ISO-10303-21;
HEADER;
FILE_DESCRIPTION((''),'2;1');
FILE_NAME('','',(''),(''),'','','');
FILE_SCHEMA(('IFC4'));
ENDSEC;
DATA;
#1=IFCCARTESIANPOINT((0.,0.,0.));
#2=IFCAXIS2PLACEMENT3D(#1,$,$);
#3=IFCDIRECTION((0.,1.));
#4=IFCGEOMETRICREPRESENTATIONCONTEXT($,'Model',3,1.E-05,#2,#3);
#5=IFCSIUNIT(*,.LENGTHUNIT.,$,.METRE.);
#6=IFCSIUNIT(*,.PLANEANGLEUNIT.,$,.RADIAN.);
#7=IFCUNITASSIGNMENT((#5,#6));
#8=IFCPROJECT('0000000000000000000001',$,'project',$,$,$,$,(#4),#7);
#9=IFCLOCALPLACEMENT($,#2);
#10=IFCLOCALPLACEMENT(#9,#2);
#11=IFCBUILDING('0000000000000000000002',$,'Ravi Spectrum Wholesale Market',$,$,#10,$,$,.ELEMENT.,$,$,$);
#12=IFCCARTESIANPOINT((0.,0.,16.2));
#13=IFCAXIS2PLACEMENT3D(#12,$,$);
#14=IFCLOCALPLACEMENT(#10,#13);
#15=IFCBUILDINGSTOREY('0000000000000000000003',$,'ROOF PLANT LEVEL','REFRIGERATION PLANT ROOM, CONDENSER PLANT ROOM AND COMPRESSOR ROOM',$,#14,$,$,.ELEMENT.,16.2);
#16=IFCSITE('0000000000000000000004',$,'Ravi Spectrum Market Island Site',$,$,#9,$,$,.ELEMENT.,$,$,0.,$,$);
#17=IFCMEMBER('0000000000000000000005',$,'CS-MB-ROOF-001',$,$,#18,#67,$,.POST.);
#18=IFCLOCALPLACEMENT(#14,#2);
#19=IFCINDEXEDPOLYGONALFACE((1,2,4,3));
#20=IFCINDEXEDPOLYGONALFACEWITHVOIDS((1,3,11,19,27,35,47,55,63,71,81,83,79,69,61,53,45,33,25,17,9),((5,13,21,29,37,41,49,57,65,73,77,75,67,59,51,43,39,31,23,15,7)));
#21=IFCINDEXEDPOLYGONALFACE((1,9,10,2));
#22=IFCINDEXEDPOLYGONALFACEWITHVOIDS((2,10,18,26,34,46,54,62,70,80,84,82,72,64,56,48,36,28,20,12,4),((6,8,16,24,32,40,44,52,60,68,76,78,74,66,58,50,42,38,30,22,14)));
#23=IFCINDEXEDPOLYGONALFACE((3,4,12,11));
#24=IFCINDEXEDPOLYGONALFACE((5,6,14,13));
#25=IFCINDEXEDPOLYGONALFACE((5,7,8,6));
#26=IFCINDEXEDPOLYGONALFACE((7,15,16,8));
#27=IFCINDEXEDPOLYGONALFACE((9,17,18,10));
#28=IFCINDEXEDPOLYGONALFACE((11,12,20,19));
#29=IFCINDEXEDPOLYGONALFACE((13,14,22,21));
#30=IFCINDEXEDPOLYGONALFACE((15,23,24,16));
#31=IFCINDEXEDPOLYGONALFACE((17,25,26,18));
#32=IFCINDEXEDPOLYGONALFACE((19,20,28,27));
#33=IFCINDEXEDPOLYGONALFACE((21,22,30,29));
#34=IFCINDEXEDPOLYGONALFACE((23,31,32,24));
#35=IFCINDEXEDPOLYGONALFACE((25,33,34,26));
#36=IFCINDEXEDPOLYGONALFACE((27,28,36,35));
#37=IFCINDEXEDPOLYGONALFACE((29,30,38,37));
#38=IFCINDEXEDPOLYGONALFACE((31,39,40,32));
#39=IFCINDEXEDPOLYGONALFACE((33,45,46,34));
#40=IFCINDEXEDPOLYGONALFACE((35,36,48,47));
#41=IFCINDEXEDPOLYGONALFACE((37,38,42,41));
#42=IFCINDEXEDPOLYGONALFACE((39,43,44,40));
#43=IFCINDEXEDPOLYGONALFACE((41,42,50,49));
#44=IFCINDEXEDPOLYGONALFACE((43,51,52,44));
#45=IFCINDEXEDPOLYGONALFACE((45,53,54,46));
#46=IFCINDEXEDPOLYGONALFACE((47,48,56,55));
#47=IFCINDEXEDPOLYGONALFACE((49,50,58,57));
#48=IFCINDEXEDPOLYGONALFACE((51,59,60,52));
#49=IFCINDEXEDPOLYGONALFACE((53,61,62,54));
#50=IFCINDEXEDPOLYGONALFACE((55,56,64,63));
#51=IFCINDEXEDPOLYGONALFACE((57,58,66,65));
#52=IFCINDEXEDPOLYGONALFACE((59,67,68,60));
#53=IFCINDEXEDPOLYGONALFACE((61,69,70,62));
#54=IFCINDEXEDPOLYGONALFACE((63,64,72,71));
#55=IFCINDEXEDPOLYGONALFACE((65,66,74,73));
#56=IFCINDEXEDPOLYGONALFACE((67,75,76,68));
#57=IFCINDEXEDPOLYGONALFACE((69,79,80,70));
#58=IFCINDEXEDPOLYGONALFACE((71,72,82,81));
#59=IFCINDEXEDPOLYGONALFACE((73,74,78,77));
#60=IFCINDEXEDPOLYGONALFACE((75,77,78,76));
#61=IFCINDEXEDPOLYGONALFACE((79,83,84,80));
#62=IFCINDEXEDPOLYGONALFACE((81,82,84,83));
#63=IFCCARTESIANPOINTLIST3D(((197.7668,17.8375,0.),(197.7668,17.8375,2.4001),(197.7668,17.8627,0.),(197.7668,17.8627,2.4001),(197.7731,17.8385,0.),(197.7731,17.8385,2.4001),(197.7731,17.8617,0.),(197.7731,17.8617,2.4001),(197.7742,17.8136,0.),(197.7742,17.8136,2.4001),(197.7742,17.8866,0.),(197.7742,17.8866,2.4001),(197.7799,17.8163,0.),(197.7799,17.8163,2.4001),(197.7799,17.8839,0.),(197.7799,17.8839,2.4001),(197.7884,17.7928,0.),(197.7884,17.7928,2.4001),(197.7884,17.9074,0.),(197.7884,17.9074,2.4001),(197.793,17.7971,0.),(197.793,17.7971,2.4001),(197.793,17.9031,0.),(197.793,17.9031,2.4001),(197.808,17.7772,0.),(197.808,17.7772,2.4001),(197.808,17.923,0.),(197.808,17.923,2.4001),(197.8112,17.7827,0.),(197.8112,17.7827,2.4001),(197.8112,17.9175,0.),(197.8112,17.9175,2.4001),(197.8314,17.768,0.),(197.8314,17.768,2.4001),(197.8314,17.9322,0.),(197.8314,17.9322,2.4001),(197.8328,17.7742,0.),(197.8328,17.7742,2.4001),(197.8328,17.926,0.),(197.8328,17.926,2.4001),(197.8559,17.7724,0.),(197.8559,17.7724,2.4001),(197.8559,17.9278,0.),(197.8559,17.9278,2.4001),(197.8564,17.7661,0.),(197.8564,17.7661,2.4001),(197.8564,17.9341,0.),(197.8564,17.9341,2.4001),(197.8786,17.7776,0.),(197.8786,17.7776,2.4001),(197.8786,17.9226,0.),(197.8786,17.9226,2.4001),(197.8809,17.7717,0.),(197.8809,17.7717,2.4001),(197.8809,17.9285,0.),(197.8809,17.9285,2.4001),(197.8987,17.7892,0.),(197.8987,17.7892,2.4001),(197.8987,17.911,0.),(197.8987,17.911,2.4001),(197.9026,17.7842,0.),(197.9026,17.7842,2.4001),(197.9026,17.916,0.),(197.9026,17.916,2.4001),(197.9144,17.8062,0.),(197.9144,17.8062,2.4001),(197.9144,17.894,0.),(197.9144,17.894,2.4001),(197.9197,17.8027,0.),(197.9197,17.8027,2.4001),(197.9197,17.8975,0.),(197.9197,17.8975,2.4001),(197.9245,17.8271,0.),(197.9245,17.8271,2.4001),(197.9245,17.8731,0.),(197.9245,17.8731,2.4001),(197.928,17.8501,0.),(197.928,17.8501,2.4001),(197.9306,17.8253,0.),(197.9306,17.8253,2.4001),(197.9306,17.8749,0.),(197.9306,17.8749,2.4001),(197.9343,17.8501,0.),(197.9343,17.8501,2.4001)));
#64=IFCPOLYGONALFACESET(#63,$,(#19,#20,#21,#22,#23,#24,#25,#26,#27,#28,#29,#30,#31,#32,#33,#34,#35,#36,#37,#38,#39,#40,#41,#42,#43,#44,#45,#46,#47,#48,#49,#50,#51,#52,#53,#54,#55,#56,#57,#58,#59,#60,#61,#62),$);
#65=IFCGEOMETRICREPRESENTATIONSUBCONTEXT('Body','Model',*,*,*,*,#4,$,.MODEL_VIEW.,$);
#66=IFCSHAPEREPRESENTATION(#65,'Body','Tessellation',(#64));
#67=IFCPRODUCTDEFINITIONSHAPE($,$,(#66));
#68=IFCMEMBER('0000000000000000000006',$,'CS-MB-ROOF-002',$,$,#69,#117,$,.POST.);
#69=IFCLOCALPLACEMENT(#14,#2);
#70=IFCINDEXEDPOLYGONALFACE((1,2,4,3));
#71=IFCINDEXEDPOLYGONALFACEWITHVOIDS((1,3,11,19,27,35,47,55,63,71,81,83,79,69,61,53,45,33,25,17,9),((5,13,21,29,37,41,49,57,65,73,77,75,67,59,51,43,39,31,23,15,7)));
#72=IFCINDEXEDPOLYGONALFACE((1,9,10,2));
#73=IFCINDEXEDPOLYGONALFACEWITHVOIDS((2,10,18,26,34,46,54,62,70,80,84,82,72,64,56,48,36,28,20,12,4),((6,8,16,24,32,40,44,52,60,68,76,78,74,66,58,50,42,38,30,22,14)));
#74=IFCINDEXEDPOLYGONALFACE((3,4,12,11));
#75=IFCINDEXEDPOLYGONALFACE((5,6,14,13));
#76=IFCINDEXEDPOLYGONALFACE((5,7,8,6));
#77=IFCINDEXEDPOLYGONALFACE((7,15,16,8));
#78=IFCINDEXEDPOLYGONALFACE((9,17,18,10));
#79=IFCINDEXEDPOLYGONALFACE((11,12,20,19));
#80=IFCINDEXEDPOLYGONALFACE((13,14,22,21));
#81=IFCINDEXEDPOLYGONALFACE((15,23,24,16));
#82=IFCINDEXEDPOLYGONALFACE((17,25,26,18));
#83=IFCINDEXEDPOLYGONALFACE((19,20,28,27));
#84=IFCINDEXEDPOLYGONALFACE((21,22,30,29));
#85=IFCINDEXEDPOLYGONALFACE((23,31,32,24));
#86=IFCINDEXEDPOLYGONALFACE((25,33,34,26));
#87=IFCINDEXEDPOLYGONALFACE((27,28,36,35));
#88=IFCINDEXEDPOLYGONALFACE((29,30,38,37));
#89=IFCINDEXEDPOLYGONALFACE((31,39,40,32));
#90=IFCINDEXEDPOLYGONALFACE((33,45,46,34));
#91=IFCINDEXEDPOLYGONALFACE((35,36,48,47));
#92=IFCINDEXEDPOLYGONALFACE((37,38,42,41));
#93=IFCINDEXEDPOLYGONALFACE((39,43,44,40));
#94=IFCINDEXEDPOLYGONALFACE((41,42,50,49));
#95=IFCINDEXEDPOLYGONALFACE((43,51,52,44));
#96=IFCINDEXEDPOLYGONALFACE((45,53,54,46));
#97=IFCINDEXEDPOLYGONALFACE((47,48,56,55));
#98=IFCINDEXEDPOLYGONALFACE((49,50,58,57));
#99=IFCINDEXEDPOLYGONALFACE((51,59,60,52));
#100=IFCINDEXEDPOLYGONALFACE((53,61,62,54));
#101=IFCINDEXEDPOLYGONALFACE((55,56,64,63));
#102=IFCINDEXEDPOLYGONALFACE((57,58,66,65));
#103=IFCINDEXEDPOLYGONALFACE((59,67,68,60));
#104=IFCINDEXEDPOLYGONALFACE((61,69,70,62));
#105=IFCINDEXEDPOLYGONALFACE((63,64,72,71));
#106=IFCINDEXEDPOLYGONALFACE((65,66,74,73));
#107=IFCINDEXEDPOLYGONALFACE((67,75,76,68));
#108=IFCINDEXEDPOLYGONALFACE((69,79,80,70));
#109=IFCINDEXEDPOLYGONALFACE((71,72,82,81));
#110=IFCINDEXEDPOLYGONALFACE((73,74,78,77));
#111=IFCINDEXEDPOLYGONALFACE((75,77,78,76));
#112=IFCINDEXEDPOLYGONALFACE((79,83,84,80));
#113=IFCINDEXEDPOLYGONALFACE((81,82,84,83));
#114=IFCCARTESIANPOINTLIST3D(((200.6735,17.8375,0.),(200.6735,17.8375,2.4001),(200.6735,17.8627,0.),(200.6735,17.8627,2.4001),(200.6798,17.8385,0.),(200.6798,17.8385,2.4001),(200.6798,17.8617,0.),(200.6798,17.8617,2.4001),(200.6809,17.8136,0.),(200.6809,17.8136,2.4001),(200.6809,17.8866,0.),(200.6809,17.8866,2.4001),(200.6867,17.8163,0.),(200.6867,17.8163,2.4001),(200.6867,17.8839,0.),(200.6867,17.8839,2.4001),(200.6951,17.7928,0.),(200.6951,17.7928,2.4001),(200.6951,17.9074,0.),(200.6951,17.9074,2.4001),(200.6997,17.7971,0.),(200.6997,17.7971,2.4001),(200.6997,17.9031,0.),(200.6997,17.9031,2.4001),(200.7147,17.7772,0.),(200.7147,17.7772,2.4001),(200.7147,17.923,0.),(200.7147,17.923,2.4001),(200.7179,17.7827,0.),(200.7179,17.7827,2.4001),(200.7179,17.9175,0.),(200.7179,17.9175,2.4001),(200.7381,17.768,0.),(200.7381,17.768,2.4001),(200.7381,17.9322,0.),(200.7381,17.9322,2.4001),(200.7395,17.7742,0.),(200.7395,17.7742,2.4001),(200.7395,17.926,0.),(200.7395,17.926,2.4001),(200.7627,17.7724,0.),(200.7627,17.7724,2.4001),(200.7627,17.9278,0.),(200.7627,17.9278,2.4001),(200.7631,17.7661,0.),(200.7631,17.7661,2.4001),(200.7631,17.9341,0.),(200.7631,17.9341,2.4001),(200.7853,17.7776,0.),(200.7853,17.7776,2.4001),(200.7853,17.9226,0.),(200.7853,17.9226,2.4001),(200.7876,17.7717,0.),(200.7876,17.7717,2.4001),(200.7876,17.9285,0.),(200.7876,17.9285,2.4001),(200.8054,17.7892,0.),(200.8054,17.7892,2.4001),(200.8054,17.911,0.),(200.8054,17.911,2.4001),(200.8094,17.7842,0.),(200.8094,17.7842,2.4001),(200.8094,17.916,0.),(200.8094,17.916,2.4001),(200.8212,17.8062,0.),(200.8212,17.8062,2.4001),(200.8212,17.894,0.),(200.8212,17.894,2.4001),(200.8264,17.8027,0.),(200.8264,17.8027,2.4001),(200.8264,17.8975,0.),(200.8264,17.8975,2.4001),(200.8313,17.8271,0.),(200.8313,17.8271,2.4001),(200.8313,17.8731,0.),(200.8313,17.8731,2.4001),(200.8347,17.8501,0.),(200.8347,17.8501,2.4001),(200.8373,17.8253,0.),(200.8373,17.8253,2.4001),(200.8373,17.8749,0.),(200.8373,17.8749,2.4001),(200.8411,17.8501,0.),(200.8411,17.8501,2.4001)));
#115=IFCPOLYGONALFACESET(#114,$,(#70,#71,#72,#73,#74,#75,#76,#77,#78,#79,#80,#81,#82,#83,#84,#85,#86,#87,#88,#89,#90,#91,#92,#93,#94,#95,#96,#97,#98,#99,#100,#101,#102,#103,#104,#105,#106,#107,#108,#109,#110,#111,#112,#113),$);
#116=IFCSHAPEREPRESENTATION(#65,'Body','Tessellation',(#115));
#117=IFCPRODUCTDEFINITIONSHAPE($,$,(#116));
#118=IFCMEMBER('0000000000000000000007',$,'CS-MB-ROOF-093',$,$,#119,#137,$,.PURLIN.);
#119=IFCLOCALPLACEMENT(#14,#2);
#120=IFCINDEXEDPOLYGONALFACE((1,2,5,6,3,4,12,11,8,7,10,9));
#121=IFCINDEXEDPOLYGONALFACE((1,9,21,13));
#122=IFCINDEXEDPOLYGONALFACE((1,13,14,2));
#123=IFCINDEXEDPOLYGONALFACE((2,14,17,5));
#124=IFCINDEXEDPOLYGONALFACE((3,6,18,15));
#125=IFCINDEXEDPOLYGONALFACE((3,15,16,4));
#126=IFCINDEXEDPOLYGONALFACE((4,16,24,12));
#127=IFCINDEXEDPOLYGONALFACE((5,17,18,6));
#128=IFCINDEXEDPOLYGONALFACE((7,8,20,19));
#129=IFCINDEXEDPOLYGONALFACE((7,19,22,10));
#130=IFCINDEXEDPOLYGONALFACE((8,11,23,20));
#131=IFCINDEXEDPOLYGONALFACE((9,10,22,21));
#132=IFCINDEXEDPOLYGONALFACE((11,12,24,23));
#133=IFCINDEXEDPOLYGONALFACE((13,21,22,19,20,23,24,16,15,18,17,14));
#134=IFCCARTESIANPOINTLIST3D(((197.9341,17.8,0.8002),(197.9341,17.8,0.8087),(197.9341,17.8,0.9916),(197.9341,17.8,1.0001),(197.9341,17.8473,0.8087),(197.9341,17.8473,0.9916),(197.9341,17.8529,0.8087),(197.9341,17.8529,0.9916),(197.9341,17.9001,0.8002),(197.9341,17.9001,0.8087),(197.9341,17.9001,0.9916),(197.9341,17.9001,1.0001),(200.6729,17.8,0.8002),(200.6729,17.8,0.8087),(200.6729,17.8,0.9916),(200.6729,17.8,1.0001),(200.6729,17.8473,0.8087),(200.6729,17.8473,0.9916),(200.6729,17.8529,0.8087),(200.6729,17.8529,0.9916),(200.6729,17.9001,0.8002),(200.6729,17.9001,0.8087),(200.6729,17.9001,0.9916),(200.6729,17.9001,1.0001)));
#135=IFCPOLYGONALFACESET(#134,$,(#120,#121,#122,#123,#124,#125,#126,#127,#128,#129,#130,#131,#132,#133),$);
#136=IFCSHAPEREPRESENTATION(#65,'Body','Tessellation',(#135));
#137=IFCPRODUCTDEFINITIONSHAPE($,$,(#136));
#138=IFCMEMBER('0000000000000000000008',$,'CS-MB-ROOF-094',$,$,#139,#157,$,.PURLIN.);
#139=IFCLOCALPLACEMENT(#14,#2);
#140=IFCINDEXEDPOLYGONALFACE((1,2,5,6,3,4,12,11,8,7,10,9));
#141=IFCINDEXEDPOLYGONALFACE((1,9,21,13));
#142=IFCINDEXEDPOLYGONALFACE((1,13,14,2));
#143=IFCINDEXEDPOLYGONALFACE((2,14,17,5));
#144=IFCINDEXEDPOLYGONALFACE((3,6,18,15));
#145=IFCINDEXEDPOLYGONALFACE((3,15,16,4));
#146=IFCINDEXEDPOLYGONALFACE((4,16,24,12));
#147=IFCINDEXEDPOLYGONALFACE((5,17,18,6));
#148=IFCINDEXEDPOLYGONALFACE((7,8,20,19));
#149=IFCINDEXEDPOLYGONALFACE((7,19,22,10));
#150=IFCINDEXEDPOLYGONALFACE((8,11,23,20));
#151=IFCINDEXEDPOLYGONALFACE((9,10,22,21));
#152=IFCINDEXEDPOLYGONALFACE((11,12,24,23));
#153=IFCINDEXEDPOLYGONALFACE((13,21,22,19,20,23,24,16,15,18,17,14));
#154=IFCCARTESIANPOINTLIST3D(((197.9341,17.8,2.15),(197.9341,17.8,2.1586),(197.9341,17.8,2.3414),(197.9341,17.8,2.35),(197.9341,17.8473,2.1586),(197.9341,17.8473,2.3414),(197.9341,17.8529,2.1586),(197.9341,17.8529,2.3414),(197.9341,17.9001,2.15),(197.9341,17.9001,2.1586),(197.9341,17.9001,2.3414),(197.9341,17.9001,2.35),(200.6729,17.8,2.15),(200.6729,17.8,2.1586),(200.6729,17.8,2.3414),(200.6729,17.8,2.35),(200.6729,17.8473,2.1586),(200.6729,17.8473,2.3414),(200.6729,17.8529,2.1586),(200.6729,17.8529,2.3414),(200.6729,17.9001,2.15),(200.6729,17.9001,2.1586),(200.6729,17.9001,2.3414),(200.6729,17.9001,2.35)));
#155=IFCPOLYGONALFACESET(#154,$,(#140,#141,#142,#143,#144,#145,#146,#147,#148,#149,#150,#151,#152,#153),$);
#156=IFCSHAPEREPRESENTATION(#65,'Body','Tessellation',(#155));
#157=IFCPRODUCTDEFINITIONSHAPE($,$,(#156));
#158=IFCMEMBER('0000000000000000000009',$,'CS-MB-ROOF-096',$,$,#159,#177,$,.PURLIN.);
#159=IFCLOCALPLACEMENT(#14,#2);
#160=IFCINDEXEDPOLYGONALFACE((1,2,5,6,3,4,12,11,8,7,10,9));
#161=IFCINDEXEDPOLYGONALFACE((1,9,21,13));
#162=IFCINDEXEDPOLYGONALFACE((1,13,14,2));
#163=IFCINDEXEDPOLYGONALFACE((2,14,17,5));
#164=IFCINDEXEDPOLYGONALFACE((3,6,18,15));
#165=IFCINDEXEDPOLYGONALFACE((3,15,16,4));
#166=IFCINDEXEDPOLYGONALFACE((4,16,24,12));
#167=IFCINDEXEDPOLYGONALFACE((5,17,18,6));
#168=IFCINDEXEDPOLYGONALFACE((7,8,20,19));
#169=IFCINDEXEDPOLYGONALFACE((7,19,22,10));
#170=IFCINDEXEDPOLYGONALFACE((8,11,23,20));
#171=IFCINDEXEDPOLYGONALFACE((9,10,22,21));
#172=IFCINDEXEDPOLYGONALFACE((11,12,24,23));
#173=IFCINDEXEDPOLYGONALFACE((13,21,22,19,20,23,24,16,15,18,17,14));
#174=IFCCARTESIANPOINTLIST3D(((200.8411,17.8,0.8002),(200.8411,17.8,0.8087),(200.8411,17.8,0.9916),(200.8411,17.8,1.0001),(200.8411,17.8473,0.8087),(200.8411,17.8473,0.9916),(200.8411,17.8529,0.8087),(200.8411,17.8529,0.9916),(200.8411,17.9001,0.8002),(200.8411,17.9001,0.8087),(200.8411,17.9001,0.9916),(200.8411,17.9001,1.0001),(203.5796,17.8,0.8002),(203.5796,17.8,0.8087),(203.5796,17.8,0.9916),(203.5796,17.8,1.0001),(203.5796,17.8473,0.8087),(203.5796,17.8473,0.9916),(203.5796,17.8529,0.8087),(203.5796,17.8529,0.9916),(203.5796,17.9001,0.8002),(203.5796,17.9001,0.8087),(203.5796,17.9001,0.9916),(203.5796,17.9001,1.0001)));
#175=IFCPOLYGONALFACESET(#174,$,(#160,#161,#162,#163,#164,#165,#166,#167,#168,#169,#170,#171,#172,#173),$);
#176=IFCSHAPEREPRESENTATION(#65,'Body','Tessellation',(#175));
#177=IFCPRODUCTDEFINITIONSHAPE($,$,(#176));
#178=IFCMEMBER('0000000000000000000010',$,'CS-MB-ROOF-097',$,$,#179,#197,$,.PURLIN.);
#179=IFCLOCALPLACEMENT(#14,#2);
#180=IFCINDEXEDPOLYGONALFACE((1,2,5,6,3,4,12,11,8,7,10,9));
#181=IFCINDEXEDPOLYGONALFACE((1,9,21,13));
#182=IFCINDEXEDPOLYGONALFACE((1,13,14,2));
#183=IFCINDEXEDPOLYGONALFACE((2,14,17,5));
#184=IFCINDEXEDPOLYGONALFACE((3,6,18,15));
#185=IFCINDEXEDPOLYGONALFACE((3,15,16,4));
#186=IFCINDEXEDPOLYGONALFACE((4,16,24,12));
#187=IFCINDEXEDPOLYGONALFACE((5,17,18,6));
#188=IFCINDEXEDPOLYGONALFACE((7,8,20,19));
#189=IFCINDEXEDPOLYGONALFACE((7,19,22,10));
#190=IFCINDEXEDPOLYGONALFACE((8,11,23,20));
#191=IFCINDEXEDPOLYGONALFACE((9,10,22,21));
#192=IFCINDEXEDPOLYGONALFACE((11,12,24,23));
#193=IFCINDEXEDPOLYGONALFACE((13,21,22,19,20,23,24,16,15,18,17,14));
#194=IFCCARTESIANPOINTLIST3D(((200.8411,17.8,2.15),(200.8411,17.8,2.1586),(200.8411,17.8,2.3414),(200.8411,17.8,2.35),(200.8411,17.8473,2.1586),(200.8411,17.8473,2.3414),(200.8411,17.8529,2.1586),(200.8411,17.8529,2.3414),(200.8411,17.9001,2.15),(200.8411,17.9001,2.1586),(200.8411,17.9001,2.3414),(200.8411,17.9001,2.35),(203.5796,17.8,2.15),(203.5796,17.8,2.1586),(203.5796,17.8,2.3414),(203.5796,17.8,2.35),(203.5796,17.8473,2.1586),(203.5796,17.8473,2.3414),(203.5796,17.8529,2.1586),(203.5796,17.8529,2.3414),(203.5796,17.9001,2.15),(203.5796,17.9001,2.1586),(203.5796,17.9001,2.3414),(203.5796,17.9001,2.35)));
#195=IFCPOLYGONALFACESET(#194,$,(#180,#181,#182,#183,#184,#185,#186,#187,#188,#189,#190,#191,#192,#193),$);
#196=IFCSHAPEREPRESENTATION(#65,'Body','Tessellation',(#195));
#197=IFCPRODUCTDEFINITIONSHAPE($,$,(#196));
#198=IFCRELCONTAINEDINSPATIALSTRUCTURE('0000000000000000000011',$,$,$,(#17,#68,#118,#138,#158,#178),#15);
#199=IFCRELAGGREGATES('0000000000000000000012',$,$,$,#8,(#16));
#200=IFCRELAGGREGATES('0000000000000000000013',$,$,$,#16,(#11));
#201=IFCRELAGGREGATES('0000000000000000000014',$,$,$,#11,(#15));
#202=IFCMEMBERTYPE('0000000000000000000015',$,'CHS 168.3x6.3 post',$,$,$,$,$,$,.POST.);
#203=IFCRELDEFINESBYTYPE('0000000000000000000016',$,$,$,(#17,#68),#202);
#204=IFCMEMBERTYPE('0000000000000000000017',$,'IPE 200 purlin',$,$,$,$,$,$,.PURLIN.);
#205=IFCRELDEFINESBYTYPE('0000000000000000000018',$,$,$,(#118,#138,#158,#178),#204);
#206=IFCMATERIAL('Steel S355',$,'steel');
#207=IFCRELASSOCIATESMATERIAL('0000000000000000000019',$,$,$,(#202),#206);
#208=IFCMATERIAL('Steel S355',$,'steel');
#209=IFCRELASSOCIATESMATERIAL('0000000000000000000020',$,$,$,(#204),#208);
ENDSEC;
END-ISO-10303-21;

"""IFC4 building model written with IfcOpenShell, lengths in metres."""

from ifc_helpers import new_model, si_unit, direction, frame, origin, origin_2d, place, context, subcontext, project, spatial, hollow_circle, i_section, extrude, material, material_profile, profile_set, type_object, element, save


model = new_model("IFC4")

# Units and contexts
model_context = context("Model", 3, precision=1e-05, world=origin(), true_north=direction((0.0, 1.0)))
body_context = subcontext(model_context, "Body", "Model", "MODEL_VIEW")
ifc_project = project(units=[si_unit("LENGTHUNIT", "METRE"), si_unit("PLANEANGLEUNIT", "RADIAN")], contexts=[model_context])

# Site, building, storey
site_placement = place(None, origin())
site = spatial("IfcSite", under=ifc_project, at=site_placement, Name="Ravi Spectrum Market Island Site", CompositionType="ELEMENT", RefElevation=0.0)
building_placement = place(site_placement, origin())
building = spatial("IfcBuilding", under=site, at=building_placement, Name="Ravi Spectrum Wholesale Market", CompositionType="ELEMENT")
storey_placement = place(building_placement, frame((0.0, 0.0, 16.2)))
storey = spatial("IfcBuildingStorey", under=building, at=storey_placement, Name="ROOF PLANT LEVEL", Description="REFRIGERATION PLANT ROOM, CONDENSER PLANT ROOM AND COMPRESSOR ROOM", CompositionType="ELEMENT", Elevation=16.2)

# Members
ifc_material_1 = material(Name="Steel S355", Category="steel")
ifc_material_profile_1 = material_profile(ifc_material_1, hollow_circle(Radius=0.0842, WallThickness=0.0063, at=origin_2d()))
ifc_profile_set_1 = profile_set([ifc_material_profile_1], Name="Steel S355")
member_type_1 = type_object("IfcMemberType", Name="CHS 168.3x6.3 post", PredefinedType="POST", material=ifc_profile_set_1)
for number, where, z_axis, x_axis, name in (
    (1, (197.8501, 17.8501, 0.0), (0.0, 0.0, 1.0), (1.0, 0.0, 0.0), "CS-MB-ROOF-001"),
    (2, (200.7568, 17.8501, 0.0), (0.0, 0.0, 1.0), (1.0, 0.0, 0.0), "CS-MB-ROOF-002"),
):
    element("IfcMember", number, at=place(storey_placement, frame(where, z_axis=z_axis, x_axis=x_axis)), inside=storey, type_object=member_type_1, Name=name, PredefinedType="POST", context=body_context, shape_type="SweptSolid", body=[
        extrude(hollow_circle(Radius=0.0842, WallThickness=0.0063, at=origin_2d()), origin(), (0.0, 0.0, 1.0), 2.4001),
    ])
ifc_material_2 = material(Name="Steel S355", Category="steel")
ifc_material_profile_2 = material_profile(ifc_material_2, i_section(OverallWidth=0.1001, OverallDepth=0.2, WebThickness=0.0056, FlangeThickness=0.0085, at=origin_2d()))
ifc_profile_set_2 = profile_set([ifc_material_profile_2], Name="Steel S355")
member_type_2 = type_object("IfcMemberType", Name="IPE 200 purlin", PredefinedType="PURLIN", material=ifc_profile_set_2)
for number, where, z_axis, x_axis, name in (
    (3, (197.9341, 17.8501, 0.9001), (1.0, 0.0, 0.0), (0.0, 1.0, 0.0), "CS-MB-ROOF-093"),
    (4, (197.9341, 17.8501, 2.25), (1.0, 0.0, 0.0), (0.0, 1.0, 0.0), "CS-MB-ROOF-094"),
):
    element("IfcMember", number, at=place(storey_placement, frame(where, z_axis=z_axis, x_axis=x_axis)), inside=storey, type_object=member_type_2, Name=name, PredefinedType="PURLIN", context=body_context, shape_type="SweptSolid", body=[
        extrude(i_section(OverallWidth=0.1001, OverallDepth=0.2, WebThickness=0.0056, FlangeThickness=0.0085, at=origin_2d()), origin(), (0.0, 0.0, 1.0), 2.7388),
    ])
for number, where, z_axis, x_axis, name in (
    (5, (200.8411, 17.8501, 0.9001), (1.0, 0.0, 0.0), (0.0, 1.0, 0.0), "CS-MB-ROOF-096"),
    (6, (200.8411, 17.8501, 2.25), (1.0, 0.0, 0.0), (0.0, 1.0, 0.0), "CS-MB-ROOF-097"),
):
    element("IfcMember", number, at=place(storey_placement, frame(where, z_axis=z_axis, x_axis=x_axis)), inside=storey, type_object=member_type_2, Name=name, PredefinedType="PURLIN", context=body_context, shape_type="SweptSolid", body=[
        extrude(i_section(OverallWidth=0.1001, OverallDepth=0.2, WebThickness=0.0056, FlangeThickness=0.0085, at=origin_2d()), origin(), (0.0, 0.0, 1.0), 2.7385),
    ])

save(model, "model.ifc")
